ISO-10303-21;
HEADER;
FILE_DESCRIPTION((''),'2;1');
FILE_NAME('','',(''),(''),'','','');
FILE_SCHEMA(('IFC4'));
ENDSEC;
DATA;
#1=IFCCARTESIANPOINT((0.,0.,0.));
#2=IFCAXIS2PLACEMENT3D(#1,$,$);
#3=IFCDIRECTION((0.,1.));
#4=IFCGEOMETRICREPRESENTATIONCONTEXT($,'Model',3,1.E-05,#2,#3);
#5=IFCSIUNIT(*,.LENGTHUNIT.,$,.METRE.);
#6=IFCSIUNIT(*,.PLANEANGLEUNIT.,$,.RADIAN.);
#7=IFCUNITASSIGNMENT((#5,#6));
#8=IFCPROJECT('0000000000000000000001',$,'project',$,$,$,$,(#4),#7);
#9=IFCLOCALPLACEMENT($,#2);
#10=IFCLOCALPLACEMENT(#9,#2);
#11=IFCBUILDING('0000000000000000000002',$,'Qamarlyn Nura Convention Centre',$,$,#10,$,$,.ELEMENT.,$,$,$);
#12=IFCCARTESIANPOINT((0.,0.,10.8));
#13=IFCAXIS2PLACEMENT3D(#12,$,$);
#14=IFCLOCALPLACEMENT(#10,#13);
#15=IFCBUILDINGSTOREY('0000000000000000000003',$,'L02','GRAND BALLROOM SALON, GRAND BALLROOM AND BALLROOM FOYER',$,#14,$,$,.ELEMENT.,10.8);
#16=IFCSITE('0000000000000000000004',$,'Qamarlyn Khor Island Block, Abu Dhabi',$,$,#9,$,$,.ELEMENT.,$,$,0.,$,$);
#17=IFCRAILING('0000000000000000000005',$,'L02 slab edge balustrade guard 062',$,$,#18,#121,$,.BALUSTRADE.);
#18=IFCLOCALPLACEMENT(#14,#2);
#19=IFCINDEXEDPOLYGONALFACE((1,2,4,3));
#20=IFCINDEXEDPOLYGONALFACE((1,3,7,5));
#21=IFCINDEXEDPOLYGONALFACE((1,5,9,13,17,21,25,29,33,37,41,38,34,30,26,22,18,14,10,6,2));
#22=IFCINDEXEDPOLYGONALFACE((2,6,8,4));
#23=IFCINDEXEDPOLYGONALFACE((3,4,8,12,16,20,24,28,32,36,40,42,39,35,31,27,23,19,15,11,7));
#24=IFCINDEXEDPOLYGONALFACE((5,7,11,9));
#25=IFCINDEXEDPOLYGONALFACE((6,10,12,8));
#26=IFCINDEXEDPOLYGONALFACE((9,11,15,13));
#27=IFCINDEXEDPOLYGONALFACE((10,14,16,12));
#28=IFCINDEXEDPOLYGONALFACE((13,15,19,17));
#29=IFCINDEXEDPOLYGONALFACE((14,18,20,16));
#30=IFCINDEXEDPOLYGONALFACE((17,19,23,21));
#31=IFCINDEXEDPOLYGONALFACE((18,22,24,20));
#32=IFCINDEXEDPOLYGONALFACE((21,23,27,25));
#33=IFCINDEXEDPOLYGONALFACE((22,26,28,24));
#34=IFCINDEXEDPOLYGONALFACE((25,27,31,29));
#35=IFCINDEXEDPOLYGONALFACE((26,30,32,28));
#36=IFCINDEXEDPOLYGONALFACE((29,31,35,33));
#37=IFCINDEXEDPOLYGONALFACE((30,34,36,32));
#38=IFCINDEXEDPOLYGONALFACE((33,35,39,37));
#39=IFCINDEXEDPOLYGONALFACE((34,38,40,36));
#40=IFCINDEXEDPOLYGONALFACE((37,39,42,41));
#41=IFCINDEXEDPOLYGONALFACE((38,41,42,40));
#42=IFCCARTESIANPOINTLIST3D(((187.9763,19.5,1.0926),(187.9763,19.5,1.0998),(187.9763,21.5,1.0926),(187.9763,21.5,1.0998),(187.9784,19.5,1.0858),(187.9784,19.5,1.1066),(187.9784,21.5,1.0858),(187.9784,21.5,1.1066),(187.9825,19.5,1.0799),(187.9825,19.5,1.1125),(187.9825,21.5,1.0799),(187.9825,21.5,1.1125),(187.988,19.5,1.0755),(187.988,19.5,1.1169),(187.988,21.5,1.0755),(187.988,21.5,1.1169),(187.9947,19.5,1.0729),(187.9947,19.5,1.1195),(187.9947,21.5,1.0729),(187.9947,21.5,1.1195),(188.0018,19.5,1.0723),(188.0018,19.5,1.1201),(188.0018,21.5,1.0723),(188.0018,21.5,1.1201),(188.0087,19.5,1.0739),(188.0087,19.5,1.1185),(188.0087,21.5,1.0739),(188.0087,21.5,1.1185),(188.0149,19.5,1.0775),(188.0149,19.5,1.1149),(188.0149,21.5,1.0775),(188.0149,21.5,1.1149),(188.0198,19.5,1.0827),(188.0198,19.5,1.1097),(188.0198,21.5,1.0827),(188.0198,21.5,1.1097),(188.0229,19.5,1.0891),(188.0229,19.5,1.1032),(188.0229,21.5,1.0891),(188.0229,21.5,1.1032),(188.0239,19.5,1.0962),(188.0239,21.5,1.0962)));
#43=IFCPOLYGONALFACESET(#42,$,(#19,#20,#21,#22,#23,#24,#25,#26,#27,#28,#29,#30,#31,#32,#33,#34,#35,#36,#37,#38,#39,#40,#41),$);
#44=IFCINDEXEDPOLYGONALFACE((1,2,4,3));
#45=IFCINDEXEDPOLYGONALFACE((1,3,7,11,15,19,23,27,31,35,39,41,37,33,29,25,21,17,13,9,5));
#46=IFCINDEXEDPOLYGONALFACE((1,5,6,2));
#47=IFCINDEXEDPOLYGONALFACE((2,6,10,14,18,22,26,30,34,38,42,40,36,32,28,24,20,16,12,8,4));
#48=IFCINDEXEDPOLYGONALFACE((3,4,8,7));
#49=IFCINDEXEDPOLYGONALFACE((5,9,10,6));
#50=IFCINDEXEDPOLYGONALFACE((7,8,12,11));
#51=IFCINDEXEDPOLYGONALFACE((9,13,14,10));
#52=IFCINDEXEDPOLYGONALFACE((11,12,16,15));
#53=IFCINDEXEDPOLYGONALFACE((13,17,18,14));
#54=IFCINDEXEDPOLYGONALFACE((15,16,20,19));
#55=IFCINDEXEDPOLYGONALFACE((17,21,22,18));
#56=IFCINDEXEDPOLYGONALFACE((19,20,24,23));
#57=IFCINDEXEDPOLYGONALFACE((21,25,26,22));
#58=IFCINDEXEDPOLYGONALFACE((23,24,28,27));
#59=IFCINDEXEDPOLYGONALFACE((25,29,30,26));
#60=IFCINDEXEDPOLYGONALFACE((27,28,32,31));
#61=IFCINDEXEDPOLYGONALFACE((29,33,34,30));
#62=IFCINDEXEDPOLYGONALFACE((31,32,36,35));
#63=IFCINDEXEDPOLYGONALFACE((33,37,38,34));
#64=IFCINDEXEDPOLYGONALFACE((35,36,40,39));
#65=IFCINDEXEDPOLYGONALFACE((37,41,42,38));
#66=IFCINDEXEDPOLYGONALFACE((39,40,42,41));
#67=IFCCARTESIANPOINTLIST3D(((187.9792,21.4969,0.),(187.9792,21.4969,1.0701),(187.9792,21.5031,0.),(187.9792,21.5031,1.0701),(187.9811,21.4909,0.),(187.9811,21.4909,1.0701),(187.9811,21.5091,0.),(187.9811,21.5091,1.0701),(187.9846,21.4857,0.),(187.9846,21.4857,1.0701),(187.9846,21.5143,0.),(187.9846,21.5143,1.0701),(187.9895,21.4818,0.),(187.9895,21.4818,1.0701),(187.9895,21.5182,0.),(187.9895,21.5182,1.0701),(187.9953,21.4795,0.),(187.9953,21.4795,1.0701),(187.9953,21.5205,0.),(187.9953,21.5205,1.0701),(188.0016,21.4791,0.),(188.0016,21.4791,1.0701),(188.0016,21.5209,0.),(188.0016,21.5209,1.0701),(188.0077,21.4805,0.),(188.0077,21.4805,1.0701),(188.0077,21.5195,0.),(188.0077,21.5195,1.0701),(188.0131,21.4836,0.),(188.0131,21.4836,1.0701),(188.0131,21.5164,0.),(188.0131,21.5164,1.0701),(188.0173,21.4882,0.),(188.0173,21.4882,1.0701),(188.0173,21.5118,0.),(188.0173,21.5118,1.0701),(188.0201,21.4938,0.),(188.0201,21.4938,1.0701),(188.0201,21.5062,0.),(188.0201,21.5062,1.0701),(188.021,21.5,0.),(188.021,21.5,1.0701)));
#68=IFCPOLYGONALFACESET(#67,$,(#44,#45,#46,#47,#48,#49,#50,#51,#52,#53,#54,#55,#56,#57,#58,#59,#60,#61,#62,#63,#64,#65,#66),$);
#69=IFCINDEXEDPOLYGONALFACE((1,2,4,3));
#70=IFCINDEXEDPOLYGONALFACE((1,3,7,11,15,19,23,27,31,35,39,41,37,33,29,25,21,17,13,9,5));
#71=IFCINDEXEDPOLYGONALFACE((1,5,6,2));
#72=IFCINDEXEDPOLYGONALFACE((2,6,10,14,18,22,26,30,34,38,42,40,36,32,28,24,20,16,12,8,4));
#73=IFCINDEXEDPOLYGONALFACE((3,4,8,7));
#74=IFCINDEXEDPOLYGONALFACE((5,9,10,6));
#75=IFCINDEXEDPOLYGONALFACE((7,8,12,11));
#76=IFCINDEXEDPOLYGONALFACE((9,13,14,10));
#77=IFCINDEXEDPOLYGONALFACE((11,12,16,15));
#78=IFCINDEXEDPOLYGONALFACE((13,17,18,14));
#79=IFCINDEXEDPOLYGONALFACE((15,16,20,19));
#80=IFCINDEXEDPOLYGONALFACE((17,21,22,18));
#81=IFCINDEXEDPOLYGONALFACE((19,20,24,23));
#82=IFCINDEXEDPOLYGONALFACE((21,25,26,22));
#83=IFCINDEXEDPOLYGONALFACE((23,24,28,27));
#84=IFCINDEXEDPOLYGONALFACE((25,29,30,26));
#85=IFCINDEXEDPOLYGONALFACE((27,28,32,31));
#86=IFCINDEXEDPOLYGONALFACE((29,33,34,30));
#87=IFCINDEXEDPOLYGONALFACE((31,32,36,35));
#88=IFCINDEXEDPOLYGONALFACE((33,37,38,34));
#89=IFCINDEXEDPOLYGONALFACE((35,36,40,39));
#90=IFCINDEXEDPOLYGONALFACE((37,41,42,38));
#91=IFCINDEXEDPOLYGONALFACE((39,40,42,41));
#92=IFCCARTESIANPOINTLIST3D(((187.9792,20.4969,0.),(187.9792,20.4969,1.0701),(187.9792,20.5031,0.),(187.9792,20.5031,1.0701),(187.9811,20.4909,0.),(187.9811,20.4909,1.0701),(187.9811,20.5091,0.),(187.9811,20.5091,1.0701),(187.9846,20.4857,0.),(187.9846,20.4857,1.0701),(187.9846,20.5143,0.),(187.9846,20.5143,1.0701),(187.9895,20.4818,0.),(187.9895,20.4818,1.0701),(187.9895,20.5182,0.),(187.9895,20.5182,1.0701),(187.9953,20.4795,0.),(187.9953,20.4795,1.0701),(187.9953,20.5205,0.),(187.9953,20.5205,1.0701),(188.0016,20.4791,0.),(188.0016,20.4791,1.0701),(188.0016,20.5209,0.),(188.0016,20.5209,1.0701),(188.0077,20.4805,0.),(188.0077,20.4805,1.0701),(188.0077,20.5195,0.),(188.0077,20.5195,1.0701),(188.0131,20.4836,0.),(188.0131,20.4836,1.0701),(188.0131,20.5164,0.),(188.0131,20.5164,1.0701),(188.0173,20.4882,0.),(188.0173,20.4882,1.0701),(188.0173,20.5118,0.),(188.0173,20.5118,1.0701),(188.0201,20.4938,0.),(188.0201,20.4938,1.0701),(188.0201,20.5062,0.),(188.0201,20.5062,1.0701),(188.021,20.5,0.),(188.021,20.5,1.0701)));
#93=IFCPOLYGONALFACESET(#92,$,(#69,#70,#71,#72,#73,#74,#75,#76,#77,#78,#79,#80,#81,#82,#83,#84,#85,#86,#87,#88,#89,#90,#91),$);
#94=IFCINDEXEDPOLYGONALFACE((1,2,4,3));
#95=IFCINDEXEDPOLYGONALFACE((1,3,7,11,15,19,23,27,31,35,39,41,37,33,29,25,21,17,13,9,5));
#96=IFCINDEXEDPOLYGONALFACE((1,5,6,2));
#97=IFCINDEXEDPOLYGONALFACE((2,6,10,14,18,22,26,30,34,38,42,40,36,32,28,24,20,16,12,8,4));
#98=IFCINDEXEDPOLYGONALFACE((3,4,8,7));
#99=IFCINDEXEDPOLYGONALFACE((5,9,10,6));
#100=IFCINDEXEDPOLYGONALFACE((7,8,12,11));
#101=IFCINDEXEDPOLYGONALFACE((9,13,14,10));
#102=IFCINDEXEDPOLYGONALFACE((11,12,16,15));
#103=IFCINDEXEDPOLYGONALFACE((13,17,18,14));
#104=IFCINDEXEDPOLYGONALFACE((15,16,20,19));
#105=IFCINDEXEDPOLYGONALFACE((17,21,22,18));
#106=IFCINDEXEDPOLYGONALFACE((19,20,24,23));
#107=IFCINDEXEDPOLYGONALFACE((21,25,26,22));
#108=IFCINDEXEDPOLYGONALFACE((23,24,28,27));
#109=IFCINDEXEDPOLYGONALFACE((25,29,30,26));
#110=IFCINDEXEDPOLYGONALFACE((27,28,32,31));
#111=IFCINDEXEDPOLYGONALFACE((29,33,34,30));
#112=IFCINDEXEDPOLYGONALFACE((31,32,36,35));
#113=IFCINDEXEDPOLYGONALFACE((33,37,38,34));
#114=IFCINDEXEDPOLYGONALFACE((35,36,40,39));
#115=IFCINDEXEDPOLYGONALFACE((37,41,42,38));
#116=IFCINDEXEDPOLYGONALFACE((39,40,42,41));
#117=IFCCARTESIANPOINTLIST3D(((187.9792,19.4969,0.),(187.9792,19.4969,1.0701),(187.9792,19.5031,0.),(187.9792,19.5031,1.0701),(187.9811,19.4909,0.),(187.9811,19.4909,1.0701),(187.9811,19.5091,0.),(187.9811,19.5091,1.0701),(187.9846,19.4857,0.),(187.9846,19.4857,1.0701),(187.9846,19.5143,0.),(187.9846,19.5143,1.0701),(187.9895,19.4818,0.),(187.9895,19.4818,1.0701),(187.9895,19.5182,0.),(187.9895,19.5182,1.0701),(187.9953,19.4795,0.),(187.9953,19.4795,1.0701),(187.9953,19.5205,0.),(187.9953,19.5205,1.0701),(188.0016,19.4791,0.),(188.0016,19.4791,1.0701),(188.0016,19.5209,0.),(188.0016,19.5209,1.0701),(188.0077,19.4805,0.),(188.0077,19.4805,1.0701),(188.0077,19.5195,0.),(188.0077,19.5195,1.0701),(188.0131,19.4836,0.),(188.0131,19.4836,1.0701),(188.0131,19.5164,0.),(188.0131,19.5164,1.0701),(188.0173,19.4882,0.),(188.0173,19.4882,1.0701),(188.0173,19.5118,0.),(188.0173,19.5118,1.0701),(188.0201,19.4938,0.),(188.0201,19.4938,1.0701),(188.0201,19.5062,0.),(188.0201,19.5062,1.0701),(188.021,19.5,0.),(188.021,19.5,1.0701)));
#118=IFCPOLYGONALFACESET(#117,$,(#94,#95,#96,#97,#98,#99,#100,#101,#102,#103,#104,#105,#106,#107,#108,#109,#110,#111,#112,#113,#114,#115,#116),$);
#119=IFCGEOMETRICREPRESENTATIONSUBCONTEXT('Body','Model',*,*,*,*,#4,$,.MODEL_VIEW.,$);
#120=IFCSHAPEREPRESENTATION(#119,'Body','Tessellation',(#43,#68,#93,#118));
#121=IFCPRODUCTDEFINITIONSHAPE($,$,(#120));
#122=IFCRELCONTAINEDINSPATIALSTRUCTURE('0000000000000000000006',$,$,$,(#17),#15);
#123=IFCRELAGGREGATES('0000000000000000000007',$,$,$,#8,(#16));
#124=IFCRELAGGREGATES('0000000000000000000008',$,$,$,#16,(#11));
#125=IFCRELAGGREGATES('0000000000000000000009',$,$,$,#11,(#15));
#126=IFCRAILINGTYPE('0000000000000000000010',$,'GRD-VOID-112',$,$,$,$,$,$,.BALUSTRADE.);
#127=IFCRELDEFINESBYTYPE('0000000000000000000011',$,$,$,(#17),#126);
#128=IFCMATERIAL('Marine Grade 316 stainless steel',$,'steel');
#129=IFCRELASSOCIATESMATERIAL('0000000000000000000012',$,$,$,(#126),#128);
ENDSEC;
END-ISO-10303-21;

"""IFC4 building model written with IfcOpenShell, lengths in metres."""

from ifc_helpers import new_model, si_unit, direction, frame, origin, origin_2d, place, context, subcontext, project, spatial, circle, extrude, material, type_object, element, save


model = new_model("IFC4")

# Units and contexts
model_context = context("Model", 3, precision=1e-05, world=origin(), true_north=direction((0.0, 1.0)))
body_context = subcontext(model_context, "Body", "Model", "MODEL_VIEW")
ifc_project = project(units=[si_unit("LENGTHUNIT", "METRE"), si_unit("PLANEANGLEUNIT", "RADIAN")], contexts=[model_context])

# Site, building, storey
site_placement = place(None, origin())
site = spatial("IfcSite", under=ifc_project, at=site_placement, Name="Qamarlyn Khor Island Block, Abu Dhabi", CompositionType="ELEMENT", RefElevation=0.0)
building_placement = place(site_placement, origin())
building = spatial("IfcBuilding", under=site, at=building_placement, Name="Qamarlyn Nura Convention Centre", CompositionType="ELEMENT")
storey_placement = place(building_placement, frame((0.0, 0.0, 10.8)))
storey = spatial("IfcBuildingStorey", under=building, at=storey_placement, Name="L02", Description="GRAND BALLROOM SALON, GRAND BALLROOM AND BALLROOM FOYER", CompositionType="ELEMENT", Elevation=10.8)

# Railing
ifc_material_1 = material(Name="Marine Grade 316 stainless steel", Category="steel")
railing_type = type_object("IfcRailingType", Name="GRD-VOID-112", PredefinedType="BALUSTRADE", material=ifc_material_1)
railing_1_placement = place(storey_placement, frame((188.0, 21.5, 0.0)))
element("IfcRailing", 1, at=railing_1_placement, inside=storey, type_object=railing_type, Name="L02 slab edge balustrade guard 062", PredefinedType="BALUSTRADE", context=body_context, shape_type="SweptSolid", body=[
    extrude(circle(Radius=0.0239, at=origin_2d()), frame((0.0, 0.0, 1.0962), z_axis=(0.0, -1.0, 0.0), x_axis=(1.0, 0.0, 0.0)), (0.0, 0.0, 1.0), 2.0),
    extrude(circle(Radius=0.021, at=origin_2d()), origin(), (0.0, 0.0, 1.0), 1.0701),
    extrude(circle(Radius=0.021, at=origin_2d()), frame((0.0, -1.0, 0.0)), (0.0, 0.0, 1.0), 1.0701),
    extrude(circle(Radius=0.021, at=origin_2d()), frame((0.0, -2.0, 0.0)), (0.0, 0.0, 1.0), 1.0701),
])

save(model, "model.ifc")
